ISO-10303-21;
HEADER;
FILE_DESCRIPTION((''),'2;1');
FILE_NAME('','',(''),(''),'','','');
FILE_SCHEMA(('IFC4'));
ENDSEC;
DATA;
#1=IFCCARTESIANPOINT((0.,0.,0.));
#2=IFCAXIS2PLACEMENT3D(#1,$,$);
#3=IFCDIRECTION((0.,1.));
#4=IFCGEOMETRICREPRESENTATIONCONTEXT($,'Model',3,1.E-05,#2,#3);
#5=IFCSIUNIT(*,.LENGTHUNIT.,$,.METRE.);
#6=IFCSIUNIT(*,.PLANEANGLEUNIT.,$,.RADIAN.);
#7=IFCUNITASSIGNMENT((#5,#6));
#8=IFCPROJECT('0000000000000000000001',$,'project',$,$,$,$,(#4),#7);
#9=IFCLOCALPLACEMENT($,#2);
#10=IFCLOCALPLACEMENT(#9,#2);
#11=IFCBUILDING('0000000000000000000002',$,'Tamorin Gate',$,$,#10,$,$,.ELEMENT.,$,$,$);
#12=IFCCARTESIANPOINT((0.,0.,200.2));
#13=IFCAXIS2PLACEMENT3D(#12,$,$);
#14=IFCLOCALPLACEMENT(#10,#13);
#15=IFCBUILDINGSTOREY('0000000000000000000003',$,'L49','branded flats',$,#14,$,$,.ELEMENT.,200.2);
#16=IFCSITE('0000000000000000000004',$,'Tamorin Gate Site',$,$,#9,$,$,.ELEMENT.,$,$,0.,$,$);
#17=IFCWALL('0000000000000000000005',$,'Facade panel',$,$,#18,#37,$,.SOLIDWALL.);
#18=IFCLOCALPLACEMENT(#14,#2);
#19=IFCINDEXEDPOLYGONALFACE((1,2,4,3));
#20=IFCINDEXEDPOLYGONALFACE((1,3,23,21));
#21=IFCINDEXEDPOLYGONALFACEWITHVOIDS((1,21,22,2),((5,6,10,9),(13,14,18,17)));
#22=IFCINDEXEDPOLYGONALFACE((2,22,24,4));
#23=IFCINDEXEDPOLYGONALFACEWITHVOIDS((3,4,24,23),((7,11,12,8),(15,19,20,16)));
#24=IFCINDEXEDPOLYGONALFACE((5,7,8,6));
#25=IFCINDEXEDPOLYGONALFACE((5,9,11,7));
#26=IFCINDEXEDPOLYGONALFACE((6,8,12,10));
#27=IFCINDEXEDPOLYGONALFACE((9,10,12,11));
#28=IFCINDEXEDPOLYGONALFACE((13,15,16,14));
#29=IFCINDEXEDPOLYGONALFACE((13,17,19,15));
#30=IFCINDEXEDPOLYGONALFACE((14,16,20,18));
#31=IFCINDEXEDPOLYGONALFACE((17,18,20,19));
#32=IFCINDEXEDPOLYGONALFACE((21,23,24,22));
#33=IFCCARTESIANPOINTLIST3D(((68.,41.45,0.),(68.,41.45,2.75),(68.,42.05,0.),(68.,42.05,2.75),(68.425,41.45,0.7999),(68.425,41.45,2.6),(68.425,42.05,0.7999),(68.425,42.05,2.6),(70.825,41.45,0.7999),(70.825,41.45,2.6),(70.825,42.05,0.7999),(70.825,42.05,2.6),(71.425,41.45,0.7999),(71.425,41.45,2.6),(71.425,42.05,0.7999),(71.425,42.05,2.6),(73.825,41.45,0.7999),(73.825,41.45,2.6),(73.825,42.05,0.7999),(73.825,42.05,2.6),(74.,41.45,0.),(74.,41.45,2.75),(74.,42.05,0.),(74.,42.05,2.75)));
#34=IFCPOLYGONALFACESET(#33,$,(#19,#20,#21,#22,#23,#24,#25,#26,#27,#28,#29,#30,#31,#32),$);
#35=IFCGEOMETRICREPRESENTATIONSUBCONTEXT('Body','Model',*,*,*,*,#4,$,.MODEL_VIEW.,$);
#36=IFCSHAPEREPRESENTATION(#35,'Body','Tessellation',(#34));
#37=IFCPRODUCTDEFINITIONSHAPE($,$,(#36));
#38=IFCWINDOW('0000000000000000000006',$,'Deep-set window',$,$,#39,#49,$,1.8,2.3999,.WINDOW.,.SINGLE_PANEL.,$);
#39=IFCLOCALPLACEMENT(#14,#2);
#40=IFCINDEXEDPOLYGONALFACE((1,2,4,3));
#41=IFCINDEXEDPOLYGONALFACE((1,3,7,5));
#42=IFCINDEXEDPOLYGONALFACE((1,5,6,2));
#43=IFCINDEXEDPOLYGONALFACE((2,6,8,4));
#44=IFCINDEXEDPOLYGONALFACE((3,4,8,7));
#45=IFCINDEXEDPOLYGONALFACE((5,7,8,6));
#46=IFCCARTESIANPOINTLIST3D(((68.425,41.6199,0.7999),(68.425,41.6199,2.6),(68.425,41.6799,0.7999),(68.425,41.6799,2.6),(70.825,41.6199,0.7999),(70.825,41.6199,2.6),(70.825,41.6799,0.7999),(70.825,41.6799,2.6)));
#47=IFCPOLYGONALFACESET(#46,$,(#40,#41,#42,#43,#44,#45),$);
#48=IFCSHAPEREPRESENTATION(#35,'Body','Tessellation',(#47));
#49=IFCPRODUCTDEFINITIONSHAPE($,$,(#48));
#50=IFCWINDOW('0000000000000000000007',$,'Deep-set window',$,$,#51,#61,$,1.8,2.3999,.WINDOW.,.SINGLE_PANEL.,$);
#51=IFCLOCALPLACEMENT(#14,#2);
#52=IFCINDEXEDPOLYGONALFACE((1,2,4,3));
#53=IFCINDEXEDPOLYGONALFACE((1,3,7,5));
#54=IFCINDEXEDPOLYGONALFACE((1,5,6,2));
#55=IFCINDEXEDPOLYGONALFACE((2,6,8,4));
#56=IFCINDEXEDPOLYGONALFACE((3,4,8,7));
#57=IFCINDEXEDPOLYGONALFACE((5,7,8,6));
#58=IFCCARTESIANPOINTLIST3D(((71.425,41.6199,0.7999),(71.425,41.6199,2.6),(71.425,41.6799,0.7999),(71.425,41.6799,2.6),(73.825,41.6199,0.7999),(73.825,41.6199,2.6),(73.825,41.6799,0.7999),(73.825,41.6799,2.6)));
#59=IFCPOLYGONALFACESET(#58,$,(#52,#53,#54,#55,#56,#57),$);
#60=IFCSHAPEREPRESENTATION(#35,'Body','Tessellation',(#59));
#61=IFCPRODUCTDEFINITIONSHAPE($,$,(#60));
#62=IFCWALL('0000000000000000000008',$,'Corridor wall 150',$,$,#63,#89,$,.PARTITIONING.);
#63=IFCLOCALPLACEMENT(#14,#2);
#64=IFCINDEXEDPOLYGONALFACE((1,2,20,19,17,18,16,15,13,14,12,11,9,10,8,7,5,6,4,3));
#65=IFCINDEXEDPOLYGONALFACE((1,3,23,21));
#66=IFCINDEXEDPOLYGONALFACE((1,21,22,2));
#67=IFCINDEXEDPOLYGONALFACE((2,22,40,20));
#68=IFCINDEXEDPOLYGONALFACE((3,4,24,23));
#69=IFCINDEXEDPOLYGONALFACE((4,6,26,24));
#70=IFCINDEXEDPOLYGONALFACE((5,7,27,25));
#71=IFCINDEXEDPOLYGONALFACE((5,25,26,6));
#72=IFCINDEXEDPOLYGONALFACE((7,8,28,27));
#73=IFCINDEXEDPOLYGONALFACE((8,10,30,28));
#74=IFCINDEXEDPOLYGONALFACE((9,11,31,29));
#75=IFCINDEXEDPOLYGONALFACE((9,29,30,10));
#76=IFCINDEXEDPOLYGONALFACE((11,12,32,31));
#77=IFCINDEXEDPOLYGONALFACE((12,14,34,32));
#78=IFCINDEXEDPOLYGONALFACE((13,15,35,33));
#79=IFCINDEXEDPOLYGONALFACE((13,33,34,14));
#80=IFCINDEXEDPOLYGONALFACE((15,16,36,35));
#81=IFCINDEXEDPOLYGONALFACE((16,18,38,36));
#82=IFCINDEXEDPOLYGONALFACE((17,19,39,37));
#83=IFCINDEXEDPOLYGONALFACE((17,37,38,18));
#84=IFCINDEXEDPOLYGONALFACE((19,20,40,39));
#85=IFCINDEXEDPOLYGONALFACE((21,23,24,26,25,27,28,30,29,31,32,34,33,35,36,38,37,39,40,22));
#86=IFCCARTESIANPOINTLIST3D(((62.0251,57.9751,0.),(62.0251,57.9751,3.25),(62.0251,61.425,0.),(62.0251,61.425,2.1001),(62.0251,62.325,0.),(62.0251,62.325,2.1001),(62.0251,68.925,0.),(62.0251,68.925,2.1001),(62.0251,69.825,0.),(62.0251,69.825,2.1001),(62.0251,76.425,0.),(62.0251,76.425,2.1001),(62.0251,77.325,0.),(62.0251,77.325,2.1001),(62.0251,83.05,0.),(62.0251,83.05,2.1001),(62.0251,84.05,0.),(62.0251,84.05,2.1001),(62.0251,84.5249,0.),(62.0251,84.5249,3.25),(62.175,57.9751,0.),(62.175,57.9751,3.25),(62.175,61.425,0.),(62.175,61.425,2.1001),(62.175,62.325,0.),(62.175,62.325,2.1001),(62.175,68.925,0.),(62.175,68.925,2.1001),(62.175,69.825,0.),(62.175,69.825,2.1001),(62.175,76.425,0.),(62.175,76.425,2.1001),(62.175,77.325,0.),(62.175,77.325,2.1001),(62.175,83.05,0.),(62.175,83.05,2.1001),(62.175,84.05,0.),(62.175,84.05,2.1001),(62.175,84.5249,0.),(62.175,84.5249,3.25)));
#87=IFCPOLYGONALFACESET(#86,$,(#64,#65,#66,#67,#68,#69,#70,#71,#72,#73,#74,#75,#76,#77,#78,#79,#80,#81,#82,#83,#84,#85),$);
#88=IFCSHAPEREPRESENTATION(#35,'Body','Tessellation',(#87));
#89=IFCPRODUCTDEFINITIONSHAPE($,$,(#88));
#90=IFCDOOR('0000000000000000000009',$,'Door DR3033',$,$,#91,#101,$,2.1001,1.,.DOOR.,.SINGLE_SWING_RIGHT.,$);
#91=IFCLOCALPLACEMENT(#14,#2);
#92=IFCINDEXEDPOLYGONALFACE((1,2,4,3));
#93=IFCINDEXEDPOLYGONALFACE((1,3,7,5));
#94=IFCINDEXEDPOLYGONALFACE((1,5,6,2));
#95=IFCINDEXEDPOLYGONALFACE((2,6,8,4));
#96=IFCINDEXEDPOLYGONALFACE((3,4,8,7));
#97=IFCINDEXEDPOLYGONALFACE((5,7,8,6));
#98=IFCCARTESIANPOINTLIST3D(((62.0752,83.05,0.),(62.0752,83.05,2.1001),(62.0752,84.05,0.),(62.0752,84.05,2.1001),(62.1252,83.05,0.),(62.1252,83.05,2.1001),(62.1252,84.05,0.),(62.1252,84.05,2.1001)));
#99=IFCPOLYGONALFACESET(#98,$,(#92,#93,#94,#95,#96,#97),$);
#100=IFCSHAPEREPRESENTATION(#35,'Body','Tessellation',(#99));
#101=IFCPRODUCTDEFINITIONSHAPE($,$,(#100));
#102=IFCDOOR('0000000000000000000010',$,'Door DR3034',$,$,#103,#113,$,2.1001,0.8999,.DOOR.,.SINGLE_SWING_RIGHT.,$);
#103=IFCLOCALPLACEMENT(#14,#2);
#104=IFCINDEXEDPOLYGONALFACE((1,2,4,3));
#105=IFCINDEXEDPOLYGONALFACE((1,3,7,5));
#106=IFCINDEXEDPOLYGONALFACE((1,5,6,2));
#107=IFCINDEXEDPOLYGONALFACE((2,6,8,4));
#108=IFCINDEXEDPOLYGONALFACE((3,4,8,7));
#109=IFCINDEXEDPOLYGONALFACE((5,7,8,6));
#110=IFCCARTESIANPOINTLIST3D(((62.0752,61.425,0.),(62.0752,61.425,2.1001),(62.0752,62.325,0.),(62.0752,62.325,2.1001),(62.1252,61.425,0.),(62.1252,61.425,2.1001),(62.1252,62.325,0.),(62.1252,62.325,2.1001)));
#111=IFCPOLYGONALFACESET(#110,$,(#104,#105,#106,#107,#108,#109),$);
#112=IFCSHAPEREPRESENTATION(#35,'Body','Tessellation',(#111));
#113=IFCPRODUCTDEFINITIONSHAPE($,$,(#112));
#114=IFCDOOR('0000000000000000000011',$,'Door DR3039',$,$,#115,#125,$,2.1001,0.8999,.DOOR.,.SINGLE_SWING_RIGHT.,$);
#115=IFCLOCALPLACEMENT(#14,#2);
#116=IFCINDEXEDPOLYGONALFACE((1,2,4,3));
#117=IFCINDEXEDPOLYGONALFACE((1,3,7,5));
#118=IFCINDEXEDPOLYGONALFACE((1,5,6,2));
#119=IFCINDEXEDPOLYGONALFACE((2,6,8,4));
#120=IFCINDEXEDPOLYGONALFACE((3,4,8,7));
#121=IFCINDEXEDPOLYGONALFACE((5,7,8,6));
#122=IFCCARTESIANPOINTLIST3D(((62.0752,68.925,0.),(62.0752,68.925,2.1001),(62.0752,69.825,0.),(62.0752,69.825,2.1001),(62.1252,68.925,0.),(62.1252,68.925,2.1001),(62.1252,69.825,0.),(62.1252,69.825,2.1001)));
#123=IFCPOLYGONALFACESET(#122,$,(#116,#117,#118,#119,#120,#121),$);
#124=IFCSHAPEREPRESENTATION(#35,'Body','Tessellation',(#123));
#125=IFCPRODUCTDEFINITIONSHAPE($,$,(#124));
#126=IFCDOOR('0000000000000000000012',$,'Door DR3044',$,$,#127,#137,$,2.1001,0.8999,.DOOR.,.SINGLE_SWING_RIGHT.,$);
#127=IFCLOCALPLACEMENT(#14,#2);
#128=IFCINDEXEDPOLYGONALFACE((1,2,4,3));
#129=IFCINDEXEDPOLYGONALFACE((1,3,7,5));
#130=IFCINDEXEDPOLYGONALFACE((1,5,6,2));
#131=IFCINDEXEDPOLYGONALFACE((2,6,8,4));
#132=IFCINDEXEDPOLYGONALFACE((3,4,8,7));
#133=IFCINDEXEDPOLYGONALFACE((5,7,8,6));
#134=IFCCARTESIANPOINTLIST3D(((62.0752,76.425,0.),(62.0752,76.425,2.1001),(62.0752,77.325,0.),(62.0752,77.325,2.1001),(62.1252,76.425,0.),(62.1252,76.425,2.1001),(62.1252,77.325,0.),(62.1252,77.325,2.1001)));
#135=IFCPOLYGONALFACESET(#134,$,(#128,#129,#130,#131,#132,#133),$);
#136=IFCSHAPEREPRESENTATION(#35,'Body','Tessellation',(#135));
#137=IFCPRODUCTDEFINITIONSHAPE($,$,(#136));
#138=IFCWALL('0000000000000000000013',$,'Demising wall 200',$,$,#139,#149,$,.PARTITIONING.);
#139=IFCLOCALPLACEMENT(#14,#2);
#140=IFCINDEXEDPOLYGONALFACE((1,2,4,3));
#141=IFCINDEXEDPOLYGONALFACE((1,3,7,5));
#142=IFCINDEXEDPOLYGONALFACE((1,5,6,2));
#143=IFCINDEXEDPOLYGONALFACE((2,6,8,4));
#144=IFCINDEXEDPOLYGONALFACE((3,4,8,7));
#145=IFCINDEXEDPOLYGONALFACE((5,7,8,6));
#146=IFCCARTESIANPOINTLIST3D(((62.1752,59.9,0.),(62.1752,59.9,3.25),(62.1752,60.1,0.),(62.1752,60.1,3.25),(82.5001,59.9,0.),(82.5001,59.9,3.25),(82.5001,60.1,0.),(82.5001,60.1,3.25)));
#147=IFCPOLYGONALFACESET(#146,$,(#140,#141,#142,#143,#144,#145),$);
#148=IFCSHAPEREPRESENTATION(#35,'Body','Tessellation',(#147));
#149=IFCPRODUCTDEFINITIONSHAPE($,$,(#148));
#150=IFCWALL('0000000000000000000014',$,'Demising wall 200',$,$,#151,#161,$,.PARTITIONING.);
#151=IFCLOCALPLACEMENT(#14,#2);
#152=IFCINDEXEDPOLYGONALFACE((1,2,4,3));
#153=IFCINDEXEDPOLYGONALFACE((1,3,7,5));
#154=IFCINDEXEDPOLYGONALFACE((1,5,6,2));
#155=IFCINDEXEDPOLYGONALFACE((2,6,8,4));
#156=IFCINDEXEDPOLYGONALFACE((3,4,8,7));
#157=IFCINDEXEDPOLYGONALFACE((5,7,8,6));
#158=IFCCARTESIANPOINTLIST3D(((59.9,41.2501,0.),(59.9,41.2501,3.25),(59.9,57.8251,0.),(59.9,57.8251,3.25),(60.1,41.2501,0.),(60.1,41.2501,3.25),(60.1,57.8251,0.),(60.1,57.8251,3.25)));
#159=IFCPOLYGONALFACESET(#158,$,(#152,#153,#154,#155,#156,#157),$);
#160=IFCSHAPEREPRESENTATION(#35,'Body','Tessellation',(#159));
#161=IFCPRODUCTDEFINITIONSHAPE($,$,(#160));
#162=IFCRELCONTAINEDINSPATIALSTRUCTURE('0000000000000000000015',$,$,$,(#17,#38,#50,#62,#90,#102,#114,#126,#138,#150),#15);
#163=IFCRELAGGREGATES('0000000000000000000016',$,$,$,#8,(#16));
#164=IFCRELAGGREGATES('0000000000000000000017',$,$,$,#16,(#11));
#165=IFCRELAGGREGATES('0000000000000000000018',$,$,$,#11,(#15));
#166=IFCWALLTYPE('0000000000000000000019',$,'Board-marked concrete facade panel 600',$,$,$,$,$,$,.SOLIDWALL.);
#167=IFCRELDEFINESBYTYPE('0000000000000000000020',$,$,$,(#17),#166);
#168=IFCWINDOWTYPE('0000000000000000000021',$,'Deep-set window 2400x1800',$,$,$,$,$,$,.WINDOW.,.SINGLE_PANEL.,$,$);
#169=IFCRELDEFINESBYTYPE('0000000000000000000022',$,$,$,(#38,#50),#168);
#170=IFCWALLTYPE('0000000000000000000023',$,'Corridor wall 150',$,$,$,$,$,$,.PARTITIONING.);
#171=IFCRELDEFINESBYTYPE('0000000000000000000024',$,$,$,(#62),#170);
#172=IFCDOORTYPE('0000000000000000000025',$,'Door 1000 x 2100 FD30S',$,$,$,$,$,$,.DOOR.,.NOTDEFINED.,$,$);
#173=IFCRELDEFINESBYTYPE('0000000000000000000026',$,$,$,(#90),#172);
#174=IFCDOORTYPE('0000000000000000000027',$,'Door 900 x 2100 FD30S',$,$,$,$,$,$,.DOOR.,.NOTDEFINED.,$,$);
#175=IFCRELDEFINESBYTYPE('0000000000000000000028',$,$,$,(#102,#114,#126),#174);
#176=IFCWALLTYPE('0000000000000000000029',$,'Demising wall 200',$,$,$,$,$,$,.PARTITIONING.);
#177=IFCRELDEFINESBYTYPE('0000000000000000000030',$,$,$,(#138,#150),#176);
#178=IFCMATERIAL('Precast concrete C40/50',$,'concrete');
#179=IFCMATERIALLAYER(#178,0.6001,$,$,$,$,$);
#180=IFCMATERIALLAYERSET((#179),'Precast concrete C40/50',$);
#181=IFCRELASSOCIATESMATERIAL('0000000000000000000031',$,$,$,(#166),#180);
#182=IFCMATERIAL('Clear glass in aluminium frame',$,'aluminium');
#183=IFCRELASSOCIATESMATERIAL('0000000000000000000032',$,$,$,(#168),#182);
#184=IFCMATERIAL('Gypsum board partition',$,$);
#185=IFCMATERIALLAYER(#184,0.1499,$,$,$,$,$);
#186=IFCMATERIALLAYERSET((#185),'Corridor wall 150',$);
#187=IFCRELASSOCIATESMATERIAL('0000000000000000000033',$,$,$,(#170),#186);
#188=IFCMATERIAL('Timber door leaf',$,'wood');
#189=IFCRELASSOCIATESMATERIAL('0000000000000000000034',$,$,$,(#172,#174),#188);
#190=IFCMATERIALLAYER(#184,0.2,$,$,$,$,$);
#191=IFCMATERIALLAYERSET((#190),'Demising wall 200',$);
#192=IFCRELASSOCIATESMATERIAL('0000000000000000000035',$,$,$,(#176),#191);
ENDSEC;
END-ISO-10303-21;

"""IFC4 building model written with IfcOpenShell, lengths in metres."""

from ifc_helpers import new_model, si_unit, direction, frame, frame_2d, origin, place, context, subcontext, project, spatial, rectangle, extrude, material, layer, layer_set, type_object, element, fill, save


model = new_model("IFC4")

# Units and contexts
model_context = context("Model", 3, precision=1e-05, world=origin(), true_north=direction((0.0, 1.0)))
body_context = subcontext(model_context, "Body", "Model", "MODEL_VIEW")
ifc_project = project(units=[si_unit("LENGTHUNIT", "METRE"), si_unit("PLANEANGLEUNIT", "RADIAN")], contexts=[model_context])

# Site, building, storey
site_placement = place(None, origin())
site = spatial("IfcSite", under=ifc_project, at=site_placement, Name="Tamorin Gate Site", CompositionType="ELEMENT", RefElevation=0.0)
building_placement = place(site_placement, origin())
building = spatial("IfcBuilding", under=site, at=building_placement, Name="Tamorin Gate", CompositionType="ELEMENT")
storey_placement = place(building_placement, frame((0.0, 0.0, 200.2)))
storey = spatial("IfcBuildingStorey", under=building, at=storey_placement, Name="L49", Description="branded flats", CompositionType="ELEMENT", Elevation=200.2)

# Wall, openings, windows
ifc_material_1 = material(Name="Precast concrete C40/50", Category="concrete")
ifc_layer_1 = layer(ifc_material_1, 0.6001)
ifc_layer_set_1 = layer_set([ifc_layer_1], Name="Precast concrete C40/50")
wall_type_1 = type_object("IfcWallType", Name="Board-marked concrete facade panel 600", PredefinedType="SOLIDWALL", material=ifc_layer_set_1)
ifc_material_2 = material(Name="Clear glass in aluminium frame", Category="aluminium")
window_type = type_object("IfcWindowType", Name="Deep-set window 2400x1800", PartitioningType="SINGLE_PANEL", PredefinedType="WINDOW", material=ifc_material_2)
wall_1_placement = place(storey_placement, frame((68.0, 41.75, 0.0), z_axis=(0.0, 0.0, 1.0), x_axis=(1.0, 0.0, 0.0)))
wall_1 = element("IfcWall", 1, at=wall_1_placement, inside=storey, type_object=wall_type_1, Name="Facade panel", PredefinedType="SOLIDWALL", context=body_context, shape_type="SweptSolid", body=[
    extrude(rectangle(XDim=6.0, YDim=0.6001, at=frame_2d((3.0, 0.0))), origin(), (0.0, 0.0, 1.0), 2.75),
])
opening_1_placement = place(wall_1_placement, frame((0.425, 0.0, 0.8)))
opening_1 = element("IfcOpeningElement", 2, at=opening_1_placement, cuts=wall_1, PredefinedType="OPENING", context=body_context, shape_type="SweptSolid", body=[
    extrude(rectangle(XDim=2.3999, YDim=1.8, at=frame_2d((1.2, 0.8999))), frame((0.0, 0.3101, 0.0), z_axis=(0.0, -1.0, 0.0), x_axis=(1.0, 0.0, 0.0)), (0.0, 0.0, 1.0), 0.6201),
])
opening_2_placement = place(wall_1_placement, frame((3.425, 0.0, 0.8)))
opening_2 = element("IfcOpeningElement", 3, at=opening_2_placement, cuts=wall_1, PredefinedType="OPENING", context=body_context, shape_type="SweptSolid", body=[
    extrude(rectangle(XDim=2.3999, YDim=1.8, at=frame_2d((1.2, 0.8999))), frame((0.0, 0.3101, 0.0), z_axis=(0.0, -1.0, 0.0), x_axis=(1.0, 0.0, 0.0)), (0.0, 0.0, 1.0), 0.6201),
])
window_1_placement = place(opening_1_placement, origin())
window_1 = element("IfcWindow", 4, at=window_1_placement, inside=storey, type_object=window_type, Name="Deep-set window", OverallHeight=1.8, OverallWidth=2.3999, PartitioningType="SINGLE_PANEL", PredefinedType="WINDOW", context=body_context, shape_type="SweptSolid", body=[
    extrude(rectangle(XDim=2.3999, YDim=1.8, at=frame_2d((1.2, 0.8999))), frame((0.0, -0.0701, 0.0), z_axis=(0.0, -1.0, 0.0), x_axis=(1.0, 0.0, 0.0)), (0.0, 0.0, 1.0), 0.0601),
])
fill(opening_1, window_1)
window_2_placement = place(opening_2_placement, origin())
window_2 = element("IfcWindow", 5, at=window_2_placement, inside=storey, type_object=window_type, Name="Deep-set window", OverallHeight=1.8, OverallWidth=2.3999, PartitioningType="SINGLE_PANEL", PredefinedType="WINDOW", context=body_context, shape_type="SweptSolid", body=[
    extrude(rectangle(XDim=2.3999, YDim=1.8, at=frame_2d((1.2, 0.8999))), frame((0.0, -0.0701, 0.0), z_axis=(0.0, -1.0, 0.0), x_axis=(1.0, 0.0, 0.0)), (0.0, 0.0, 1.0), 0.0601),
])
fill(opening_2, window_2)

# Wall, openings, doors
ifc_material_3 = material(Name="Gypsum board partition")
ifc_layer_2 = layer(ifc_material_3, 0.1499)
ifc_layer_set_2 = layer_set([ifc_layer_2], Name="Corridor wall 150")
wall_type_2 = type_object("IfcWallType", Name="Corridor wall 150", PredefinedType="PARTITIONING", material=ifc_layer_set_2)
wall_2_placement = place(storey_placement, frame((62.1001, 57.9751, 0.0), z_axis=(0.0, 0.0, 1.0), x_axis=(0.0, 1.0, 0.0)))
wall_2 = element("IfcWall", 6, at=wall_2_placement, inside=storey, type_object=wall_type_2, Name="Corridor wall 150", PredefinedType="PARTITIONING", context=body_context, shape_type="SweptSolid", body=[
    extrude(rectangle(XDim=26.5498, YDim=0.1499, at=frame_2d((13.2749, 0.0))), origin(), (0.0, 0.0, 1.0), 3.25),
])
opening_3_placement = place(wall_2_placement, frame((25.075, 0.0, 0.0)))
opening_3 = element("IfcOpeningElement", 7, at=opening_3_placement, cuts=wall_2, PredefinedType="OPENING", context=body_context, shape_type="SweptSolid", body=[
    extrude(rectangle(XDim=1.0, YDim=2.1001, at=frame_2d((0.5, 1.05))), frame((0.0, 0.085, 0.0), z_axis=(0.0, -1.0, 0.0), x_axis=(1.0, 0.0, 0.0)), (0.0, 0.0, 1.0), 0.1699),
])
opening_4_placement = place(wall_2_placement, frame((3.45, 0.0, 0.0)))
opening_4 = element("IfcOpeningElement", 8, at=opening_4_placement, cuts=wall_2, PredefinedType="OPENING", context=body_context, shape_type="SweptSolid", body=[
    extrude(rectangle(XDim=0.8999, YDim=2.1001, at=frame_2d((0.45, 1.05))), frame((0.0, 0.085, 0.0), z_axis=(0.0, -1.0, 0.0), x_axis=(1.0, 0.0, 0.0)), (0.0, 0.0, 1.0), 0.1699),
])
opening_5_placement = place(wall_2_placement, frame((10.95, 0.0, 0.0)))
opening_5 = element("IfcOpeningElement", 9, at=opening_5_placement, cuts=wall_2, PredefinedType="OPENING", context=body_context, shape_type="SweptSolid", body=[
    extrude(rectangle(XDim=0.8999, YDim=2.1001, at=frame_2d((0.45, 1.05))), frame((0.0, 0.085, 0.0), z_axis=(0.0, -1.0, 0.0), x_axis=(1.0, 0.0, 0.0)), (0.0, 0.0, 1.0), 0.1699),
])
opening_6_placement = place(wall_2_placement, frame((18.45, 0.0, 0.0)))
opening_6 = element("IfcOpeningElement", 10, at=opening_6_placement, cuts=wall_2, PredefinedType="OPENING", context=body_context, shape_type="SweptSolid", body=[
    extrude(rectangle(XDim=0.8999, YDim=2.1001, at=frame_2d((0.45, 1.05))), frame((0.0, 0.085, 0.0), z_axis=(0.0, -1.0, 0.0), x_axis=(1.0, 0.0, 0.0)), (0.0, 0.0, 1.0), 0.1699),
])
ifc_material_4 = material(Name="Timber door leaf", Category="wood")
door_type_1 = type_object("IfcDoorType", Name="Door 1000 x 2100 FD30S", OperationType="NOTDEFINED", PredefinedType="DOOR", material=ifc_material_4)
door_1_placement = place(opening_3_placement, origin())
door_1 = element("IfcDoor", 11, at=door_1_placement, inside=storey, type_object=door_type_1, Name="Door DR3033", OperationType="SINGLE_SWING_RIGHT", OverallHeight=2.1001, OverallWidth=1.0, PredefinedType="DOOR", context=body_context, shape_type="SweptSolid", body=[
    extrude(rectangle(XDim=1.0, YDim=2.1001, at=frame_2d((0.5, 1.05))), frame((0.0, 0.0249, 0.0), z_axis=(0.0, -1.0, 0.0), x_axis=(1.0, 0.0, 0.0)), (0.0, 0.0, 1.0), 0.05),
])
fill(opening_3, door_1)
door_type_2 = type_object("IfcDoorType", Name="Door 900 x 2100 FD30S", OperationType="NOTDEFINED", PredefinedType="DOOR", material=ifc_material_4)
door_2_placement = place(opening_4_placement, origin())
door_2 = element("IfcDoor", 12, at=door_2_placement, inside=storey, type_object=door_type_2, Name="Door DR3034", OperationType="SINGLE_SWING_RIGHT", OverallHeight=2.1001, OverallWidth=0.8999, PredefinedType="DOOR", context=body_context, shape_type="SweptSolid", body=[
    extrude(rectangle(XDim=0.8999, YDim=2.1001, at=frame_2d((0.45, 1.05))), frame((0.0, 0.0249, 0.0), z_axis=(0.0, -1.0, 0.0), x_axis=(1.0, 0.0, 0.0)), (0.0, 0.0, 1.0), 0.05),
])
fill(opening_4, door_2)
door_3_placement = place(opening_5_placement, origin())
door_3 = element("IfcDoor", 13, at=door_3_placement, inside=storey, type_object=door_type_2, Name="Door DR3039", OperationType="SINGLE_SWING_RIGHT", OverallHeight=2.1001, OverallWidth=0.8999, PredefinedType="DOOR", context=body_context, shape_type="SweptSolid", body=[
    extrude(rectangle(XDim=0.8999, YDim=2.1001, at=frame_2d((0.45, 1.05))), frame((0.0, 0.0249, 0.0), z_axis=(0.0, -1.0, 0.0), x_axis=(1.0, 0.0, 0.0)), (0.0, 0.0, 1.0), 0.05),
])
fill(opening_5, door_3)
door_4_placement = place(opening_6_placement, origin())
door_4 = element("IfcDoor", 14, at=door_4_placement, inside=storey, type_object=door_type_2, Name="Door DR3044", OperationType="SINGLE_SWING_RIGHT", OverallHeight=2.1001, OverallWidth=0.8999, PredefinedType="DOOR", context=body_context, shape_type="SweptSolid", body=[
    extrude(rectangle(XDim=0.8999, YDim=2.1001, at=frame_2d((0.45, 1.05))), frame((0.0, 0.0249, 0.0), z_axis=(0.0, -1.0, 0.0), x_axis=(1.0, 0.0, 0.0)), (0.0, 0.0, 1.0), 0.05),
])
fill(opening_6, door_4)

# Walls
ifc_layer_3 = layer(ifc_material_3, 0.2)
ifc_layer_set_3 = layer_set([ifc_layer_3], Name="Demising wall 200")
wall_type_3 = type_object("IfcWallType", Name="Demising wall 200", PredefinedType="PARTITIONING", material=ifc_layer_set_3)
wall_3_placement = place(storey_placement, frame((62.175, 60.0, 0.0), z_axis=(0.0, 0.0, 1.0), x_axis=(1.0, 0.0, 0.0)))
element("IfcWall", 15, at=wall_3_placement, inside=storey, type_object=wall_type_3, Name="Demising wall 200", PredefinedType="PARTITIONING", context=body_context, shape_type="SweptSolid", body=[
    extrude(rectangle(XDim=20.325, YDim=0.2, at=frame_2d((10.1626, 0.0))), origin(), (0.0, 0.0, 1.0), 3.25),
])
wall_4_placement = place(storey_placement, frame((60.0, 41.25, 0.0), z_axis=(0.0, 0.0, 1.0), x_axis=(0.0, 1.0, 0.0)))
element("IfcWall", 16, at=wall_4_placement, inside=storey, type_object=wall_type_3, Name="Demising wall 200", PredefinedType="PARTITIONING", context=body_context, shape_type="SweptSolid", body=[
    extrude(rectangle(XDim=16.575, YDim=0.2, at=frame_2d((8.2876, 0.0))), origin(), (0.0, 0.0, 1.0), 3.25),
])

save(model, "model.ifc")
